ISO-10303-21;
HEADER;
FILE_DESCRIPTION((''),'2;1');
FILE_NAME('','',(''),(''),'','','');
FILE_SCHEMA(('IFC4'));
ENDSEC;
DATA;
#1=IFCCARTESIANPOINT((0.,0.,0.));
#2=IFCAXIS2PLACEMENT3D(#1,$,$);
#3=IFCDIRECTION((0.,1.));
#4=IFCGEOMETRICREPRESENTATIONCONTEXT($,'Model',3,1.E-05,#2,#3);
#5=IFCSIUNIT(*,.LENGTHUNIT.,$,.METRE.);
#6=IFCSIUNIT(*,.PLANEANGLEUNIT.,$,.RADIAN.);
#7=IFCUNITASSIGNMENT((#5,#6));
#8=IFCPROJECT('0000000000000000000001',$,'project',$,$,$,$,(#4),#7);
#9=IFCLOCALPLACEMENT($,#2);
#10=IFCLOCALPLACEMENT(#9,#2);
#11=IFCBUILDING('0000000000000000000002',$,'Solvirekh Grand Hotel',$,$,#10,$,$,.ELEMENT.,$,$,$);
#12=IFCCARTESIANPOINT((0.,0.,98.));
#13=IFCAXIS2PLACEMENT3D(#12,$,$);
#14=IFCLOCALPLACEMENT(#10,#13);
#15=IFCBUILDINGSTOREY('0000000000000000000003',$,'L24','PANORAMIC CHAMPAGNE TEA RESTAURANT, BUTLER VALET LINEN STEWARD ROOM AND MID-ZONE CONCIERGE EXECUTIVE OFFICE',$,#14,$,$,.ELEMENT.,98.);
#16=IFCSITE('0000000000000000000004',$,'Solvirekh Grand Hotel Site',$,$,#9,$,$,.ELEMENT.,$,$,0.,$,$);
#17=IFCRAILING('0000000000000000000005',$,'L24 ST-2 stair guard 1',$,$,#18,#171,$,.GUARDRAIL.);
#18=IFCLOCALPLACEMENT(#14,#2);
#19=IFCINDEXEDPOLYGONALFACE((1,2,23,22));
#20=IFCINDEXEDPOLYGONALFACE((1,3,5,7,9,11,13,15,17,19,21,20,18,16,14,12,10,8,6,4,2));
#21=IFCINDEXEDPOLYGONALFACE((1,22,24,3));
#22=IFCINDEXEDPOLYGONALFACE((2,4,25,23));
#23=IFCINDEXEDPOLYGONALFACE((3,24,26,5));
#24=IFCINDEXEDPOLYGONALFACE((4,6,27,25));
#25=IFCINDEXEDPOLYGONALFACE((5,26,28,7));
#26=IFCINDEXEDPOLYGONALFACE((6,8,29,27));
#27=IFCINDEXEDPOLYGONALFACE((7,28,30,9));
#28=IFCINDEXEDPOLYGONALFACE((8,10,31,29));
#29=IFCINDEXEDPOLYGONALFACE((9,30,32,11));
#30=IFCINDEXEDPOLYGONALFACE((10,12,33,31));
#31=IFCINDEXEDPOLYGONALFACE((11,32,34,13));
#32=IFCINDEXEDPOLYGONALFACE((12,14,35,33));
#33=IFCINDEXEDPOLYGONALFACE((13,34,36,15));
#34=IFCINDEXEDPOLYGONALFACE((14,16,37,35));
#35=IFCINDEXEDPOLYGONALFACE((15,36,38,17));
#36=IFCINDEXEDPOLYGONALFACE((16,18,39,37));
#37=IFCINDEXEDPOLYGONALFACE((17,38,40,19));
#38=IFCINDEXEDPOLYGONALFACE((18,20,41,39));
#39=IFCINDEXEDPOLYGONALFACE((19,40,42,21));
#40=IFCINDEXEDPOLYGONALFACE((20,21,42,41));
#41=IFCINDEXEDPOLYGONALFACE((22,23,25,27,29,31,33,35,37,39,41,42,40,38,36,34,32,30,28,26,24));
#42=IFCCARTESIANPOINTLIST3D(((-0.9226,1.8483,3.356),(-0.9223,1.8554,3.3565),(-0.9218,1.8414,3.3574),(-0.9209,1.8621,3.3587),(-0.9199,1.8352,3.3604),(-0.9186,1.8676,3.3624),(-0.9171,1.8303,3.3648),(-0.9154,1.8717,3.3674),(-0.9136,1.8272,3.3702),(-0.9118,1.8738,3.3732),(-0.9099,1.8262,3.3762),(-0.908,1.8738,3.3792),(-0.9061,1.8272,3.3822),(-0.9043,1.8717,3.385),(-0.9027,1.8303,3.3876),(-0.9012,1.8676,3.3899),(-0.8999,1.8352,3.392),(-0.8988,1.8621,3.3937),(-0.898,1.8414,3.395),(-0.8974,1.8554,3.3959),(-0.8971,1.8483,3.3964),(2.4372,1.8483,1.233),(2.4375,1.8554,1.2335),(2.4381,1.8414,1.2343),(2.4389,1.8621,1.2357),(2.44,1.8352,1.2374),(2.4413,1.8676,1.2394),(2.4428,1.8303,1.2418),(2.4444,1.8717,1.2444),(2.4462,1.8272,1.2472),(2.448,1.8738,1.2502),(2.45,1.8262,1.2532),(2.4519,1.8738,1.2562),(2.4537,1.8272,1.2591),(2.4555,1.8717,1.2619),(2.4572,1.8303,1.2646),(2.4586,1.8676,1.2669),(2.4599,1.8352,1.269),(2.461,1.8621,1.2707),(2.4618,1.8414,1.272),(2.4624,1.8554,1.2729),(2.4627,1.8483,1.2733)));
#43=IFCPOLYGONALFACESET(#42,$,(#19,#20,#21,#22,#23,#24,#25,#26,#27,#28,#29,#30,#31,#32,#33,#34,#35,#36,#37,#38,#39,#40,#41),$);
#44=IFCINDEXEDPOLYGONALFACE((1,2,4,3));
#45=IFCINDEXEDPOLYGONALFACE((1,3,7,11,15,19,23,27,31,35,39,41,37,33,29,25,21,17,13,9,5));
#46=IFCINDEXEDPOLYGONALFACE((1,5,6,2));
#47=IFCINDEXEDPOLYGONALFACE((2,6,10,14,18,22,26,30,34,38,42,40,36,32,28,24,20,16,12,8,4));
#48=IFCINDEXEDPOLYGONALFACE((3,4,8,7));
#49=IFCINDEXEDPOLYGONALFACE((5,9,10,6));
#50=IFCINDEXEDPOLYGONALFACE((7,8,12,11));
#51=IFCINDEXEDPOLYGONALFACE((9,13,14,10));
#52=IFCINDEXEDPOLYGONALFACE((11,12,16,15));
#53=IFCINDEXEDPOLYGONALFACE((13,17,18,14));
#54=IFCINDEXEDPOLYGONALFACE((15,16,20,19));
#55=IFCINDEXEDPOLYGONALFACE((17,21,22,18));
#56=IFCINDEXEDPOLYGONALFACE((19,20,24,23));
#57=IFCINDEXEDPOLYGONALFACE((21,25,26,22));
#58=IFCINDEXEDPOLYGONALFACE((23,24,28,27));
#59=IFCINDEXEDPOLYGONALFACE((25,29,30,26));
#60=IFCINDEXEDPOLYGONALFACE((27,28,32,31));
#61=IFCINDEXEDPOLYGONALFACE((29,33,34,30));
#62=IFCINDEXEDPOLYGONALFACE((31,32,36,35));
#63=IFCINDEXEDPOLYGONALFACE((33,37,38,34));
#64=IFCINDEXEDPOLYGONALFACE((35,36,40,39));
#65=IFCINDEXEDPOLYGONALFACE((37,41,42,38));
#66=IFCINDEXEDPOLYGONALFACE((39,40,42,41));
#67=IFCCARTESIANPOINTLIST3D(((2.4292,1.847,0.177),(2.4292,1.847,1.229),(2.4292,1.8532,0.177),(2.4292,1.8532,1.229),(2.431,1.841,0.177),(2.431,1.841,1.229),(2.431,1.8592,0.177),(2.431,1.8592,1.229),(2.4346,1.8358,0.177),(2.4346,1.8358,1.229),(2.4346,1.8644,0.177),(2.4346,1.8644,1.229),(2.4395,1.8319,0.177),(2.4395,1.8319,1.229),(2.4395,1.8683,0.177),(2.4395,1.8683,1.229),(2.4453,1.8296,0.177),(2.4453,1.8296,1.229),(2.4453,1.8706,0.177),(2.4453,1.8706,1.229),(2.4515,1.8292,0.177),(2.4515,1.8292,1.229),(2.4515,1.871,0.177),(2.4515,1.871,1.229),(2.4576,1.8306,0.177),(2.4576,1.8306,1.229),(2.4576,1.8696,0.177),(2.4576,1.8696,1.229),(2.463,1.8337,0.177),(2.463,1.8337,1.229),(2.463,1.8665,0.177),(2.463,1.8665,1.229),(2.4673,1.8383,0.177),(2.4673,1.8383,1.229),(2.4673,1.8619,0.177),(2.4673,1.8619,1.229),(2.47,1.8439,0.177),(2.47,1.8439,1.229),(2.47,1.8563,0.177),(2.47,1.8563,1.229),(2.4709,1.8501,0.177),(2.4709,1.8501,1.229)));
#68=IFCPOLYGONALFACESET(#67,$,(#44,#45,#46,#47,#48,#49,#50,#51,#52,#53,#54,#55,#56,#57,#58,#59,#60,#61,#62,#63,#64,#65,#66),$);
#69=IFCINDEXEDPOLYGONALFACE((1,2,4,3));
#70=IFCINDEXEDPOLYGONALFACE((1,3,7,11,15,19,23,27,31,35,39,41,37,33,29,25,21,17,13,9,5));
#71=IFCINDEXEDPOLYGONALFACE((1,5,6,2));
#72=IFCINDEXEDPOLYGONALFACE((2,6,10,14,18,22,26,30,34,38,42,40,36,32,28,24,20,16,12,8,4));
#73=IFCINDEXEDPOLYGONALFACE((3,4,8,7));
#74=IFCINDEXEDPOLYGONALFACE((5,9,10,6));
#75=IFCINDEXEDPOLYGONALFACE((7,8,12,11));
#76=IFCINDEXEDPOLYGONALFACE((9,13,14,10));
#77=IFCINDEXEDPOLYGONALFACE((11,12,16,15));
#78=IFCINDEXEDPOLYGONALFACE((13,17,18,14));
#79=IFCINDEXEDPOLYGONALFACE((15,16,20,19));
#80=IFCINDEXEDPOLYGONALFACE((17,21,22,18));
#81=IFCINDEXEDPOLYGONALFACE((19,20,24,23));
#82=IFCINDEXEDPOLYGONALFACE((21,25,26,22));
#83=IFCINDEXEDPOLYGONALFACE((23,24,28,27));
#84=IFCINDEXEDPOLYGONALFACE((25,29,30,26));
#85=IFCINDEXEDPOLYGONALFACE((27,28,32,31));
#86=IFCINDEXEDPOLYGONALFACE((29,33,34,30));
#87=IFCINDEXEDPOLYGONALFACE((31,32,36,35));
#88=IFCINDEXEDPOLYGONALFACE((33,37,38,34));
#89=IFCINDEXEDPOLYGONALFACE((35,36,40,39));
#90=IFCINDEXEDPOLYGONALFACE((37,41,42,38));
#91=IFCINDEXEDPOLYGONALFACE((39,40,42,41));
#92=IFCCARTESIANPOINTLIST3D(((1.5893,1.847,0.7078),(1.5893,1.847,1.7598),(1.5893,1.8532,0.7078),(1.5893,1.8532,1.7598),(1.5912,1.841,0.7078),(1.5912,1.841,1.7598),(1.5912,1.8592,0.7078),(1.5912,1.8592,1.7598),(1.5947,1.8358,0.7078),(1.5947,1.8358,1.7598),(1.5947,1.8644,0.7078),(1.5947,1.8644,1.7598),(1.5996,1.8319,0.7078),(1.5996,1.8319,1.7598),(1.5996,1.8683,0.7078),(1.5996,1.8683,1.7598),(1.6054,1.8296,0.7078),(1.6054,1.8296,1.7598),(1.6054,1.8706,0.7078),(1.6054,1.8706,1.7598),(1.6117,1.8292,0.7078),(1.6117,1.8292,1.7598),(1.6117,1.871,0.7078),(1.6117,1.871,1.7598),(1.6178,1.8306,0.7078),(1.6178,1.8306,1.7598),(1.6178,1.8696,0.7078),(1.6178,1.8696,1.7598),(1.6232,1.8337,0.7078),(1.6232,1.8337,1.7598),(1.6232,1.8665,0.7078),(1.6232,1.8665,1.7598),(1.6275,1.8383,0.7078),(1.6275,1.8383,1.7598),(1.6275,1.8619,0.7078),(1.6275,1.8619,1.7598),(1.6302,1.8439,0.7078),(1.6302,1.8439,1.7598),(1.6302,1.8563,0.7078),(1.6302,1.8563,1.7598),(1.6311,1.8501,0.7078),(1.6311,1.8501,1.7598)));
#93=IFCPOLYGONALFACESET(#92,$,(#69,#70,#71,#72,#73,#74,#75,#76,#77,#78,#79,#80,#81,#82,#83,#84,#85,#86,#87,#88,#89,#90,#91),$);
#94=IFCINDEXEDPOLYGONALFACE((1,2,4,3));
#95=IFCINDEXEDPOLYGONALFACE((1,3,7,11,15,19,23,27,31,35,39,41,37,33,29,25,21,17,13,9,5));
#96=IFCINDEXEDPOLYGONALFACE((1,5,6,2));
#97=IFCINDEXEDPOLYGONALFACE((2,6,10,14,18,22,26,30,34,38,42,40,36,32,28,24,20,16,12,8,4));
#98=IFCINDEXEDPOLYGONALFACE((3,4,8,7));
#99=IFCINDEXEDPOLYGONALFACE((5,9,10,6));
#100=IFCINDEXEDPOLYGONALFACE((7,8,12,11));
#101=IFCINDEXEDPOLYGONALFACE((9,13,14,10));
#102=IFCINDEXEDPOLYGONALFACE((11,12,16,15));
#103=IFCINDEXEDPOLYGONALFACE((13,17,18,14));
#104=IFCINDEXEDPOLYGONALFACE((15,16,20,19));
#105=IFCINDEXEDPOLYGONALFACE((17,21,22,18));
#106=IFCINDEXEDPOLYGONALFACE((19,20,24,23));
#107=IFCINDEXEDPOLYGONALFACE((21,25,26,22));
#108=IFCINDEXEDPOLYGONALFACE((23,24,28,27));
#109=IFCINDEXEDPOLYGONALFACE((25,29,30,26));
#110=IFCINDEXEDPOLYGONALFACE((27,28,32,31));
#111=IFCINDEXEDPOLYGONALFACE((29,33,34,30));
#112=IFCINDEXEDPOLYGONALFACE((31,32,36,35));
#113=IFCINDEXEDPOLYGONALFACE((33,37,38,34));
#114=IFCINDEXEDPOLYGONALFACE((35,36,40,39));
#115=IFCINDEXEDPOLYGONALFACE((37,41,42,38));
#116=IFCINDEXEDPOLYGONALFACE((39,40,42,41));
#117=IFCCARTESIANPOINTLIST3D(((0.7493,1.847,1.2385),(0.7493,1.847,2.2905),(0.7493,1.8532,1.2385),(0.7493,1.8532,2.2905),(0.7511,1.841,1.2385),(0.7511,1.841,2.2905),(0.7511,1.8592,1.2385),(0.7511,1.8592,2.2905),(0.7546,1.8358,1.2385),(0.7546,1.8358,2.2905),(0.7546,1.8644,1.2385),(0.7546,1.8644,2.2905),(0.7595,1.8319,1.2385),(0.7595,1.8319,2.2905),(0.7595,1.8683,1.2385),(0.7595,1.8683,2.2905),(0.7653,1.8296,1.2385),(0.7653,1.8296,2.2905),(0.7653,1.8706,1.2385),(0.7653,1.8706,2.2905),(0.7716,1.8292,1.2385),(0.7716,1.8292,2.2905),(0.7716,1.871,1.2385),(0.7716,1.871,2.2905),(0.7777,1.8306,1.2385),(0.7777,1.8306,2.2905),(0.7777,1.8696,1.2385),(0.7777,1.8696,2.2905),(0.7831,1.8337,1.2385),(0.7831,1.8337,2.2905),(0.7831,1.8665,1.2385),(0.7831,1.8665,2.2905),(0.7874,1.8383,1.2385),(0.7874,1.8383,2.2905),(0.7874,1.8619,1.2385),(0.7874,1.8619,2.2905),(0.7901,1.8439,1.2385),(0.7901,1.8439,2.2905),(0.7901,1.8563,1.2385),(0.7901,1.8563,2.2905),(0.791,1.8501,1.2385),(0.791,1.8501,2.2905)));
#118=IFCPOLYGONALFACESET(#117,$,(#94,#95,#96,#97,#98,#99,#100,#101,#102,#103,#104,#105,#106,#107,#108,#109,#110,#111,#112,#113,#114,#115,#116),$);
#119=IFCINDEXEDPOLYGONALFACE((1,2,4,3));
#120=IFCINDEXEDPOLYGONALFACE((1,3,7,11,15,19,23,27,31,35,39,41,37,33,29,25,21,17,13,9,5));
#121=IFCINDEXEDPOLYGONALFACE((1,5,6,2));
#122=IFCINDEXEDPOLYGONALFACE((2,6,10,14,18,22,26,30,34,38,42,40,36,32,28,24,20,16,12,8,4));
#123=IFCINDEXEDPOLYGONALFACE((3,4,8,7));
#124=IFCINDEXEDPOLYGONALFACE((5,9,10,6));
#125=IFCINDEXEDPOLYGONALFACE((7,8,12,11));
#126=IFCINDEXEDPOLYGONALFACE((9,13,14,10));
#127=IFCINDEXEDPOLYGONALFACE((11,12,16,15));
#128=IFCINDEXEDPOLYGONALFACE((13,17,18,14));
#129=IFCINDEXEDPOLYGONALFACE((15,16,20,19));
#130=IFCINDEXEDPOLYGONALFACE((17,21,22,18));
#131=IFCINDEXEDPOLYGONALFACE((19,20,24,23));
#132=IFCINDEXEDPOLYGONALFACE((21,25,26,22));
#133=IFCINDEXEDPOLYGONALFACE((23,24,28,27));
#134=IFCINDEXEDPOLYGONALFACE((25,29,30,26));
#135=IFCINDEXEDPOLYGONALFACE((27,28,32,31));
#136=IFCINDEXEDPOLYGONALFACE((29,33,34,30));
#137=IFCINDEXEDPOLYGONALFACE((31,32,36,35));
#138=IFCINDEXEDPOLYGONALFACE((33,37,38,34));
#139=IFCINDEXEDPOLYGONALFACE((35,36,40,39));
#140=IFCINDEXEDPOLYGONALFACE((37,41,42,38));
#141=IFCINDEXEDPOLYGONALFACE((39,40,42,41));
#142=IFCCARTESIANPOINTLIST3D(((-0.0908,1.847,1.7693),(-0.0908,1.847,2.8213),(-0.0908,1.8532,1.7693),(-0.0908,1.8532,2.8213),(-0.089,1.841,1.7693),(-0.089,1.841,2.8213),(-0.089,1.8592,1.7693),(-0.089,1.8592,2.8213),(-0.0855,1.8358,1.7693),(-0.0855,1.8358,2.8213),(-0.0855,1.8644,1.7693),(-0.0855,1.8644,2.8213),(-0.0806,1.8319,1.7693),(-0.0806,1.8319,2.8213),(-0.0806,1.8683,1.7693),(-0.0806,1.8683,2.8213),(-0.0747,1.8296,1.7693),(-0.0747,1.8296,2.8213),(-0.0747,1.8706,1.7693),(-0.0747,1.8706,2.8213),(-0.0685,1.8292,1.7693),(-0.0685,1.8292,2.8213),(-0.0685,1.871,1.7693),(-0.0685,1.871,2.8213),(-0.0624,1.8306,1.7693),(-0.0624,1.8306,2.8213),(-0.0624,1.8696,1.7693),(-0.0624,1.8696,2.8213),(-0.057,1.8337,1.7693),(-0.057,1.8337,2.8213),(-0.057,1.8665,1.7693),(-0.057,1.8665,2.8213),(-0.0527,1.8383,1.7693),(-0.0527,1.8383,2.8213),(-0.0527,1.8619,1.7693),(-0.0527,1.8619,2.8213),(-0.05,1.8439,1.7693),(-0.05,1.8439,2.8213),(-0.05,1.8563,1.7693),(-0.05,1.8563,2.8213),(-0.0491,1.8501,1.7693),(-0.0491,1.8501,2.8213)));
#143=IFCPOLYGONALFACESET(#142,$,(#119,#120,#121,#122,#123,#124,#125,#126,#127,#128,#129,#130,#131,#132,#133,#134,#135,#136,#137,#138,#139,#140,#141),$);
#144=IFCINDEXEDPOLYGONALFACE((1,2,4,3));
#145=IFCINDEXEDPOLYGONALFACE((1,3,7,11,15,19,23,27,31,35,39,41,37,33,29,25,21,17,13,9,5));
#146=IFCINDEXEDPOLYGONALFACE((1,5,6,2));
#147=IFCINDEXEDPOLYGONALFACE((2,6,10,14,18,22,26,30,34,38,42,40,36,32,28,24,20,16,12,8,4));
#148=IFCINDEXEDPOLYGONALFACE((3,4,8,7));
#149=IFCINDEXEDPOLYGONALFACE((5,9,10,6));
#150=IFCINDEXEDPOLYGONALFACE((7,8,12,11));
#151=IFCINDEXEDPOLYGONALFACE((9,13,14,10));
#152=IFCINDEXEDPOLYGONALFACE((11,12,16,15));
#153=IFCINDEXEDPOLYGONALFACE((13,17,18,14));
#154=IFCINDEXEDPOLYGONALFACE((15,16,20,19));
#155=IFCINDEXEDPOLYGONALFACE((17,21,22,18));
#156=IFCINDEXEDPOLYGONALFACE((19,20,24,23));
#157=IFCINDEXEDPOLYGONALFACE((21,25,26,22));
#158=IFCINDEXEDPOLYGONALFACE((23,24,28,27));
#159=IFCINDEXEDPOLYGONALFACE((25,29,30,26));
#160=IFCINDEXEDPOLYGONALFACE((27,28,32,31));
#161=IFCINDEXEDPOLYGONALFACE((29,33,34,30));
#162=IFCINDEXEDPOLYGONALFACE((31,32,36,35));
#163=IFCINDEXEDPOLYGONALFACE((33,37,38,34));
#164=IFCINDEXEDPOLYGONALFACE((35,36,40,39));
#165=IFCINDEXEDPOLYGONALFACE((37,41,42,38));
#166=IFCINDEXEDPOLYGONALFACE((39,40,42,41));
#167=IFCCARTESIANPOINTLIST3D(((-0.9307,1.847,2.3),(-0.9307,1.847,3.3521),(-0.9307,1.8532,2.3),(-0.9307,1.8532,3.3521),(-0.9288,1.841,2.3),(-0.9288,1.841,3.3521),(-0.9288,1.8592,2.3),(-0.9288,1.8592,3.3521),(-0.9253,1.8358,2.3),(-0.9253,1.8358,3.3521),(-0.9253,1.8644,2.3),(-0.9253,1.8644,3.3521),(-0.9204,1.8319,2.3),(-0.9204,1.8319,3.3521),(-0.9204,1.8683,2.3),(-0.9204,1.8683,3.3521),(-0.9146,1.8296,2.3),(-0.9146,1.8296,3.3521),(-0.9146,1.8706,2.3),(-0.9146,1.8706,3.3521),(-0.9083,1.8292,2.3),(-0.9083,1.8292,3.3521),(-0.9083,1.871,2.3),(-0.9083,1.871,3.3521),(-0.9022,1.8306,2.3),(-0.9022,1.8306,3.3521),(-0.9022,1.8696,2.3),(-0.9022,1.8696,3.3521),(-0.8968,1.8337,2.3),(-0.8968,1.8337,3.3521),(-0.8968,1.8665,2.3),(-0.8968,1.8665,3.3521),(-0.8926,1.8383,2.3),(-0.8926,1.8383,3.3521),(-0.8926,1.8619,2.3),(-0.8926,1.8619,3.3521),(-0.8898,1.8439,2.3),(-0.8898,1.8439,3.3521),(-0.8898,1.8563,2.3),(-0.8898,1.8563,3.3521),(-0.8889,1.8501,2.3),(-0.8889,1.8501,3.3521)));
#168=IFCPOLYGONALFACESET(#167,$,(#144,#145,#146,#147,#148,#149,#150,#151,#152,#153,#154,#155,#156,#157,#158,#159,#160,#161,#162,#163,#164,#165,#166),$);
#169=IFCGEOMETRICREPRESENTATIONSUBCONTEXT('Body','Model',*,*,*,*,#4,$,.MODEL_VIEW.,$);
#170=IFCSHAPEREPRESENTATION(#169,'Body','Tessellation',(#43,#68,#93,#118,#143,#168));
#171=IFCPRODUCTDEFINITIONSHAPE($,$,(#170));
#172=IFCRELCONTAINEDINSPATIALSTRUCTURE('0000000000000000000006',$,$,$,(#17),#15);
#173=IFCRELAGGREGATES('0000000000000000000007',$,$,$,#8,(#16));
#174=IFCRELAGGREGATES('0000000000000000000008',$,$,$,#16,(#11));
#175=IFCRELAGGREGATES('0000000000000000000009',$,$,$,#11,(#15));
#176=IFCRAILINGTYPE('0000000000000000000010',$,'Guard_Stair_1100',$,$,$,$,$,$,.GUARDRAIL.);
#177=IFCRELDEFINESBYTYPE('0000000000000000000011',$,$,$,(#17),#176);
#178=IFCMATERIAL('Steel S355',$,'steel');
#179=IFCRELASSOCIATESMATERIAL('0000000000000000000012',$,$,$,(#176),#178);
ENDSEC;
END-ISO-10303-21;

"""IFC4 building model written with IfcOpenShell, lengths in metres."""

from ifc_helpers import new_model, si_unit, direction, frame, origin, origin_2d, place, context, subcontext, project, spatial, circle, extrude, material, type_object, element, save


model = new_model("IFC4")

# Units and contexts
model_context = context("Model", 3, precision=1e-05, world=origin(), true_north=direction((0.0, 1.0)))
body_context = subcontext(model_context, "Body", "Model", "MODEL_VIEW")
ifc_project = project(units=[si_unit("LENGTHUNIT", "METRE"), si_unit("PLANEANGLEUNIT", "RADIAN")], contexts=[model_context])

# Site, building, storey
site_placement = place(None, origin())
site = spatial("IfcSite", under=ifc_project, at=site_placement, Name="Solvirekh Grand Hotel Site", CompositionType="ELEMENT", RefElevation=0.0)
building_placement = place(site_placement, origin())
building = spatial("IfcBuilding", under=site, at=building_placement, Name="Solvirekh Grand Hotel", CompositionType="ELEMENT")
storey_placement = place(building_placement, frame((0.0, 0.0, 98.0)))
storey = spatial("IfcBuildingStorey", under=building, at=storey_placement, Name="L24", Description="PANORAMIC CHAMPAGNE TEA RESTAURANT, BUTLER VALET LINEN STEWARD ROOM AND MID-ZONE CONCIERGE EXECUTIVE OFFICE", CompositionType="ELEMENT", Elevation=98.0)

# Railing
ifc_material_1 = material(Name="Steel S355", Category="steel")
railing_type_1 = type_object("IfcRailingType", Name="Guard_Stair_1100", PredefinedType="GUARDRAIL", material=ifc_material_1)
railing_1_placement = place(storey_placement, frame((2.45, 1.8501, 0.177)))
element("IfcRailing", 1, at=railing_1_placement, inside=storey, type_object=railing_type_1, Name="L24 ST-2 stair guard 1", PredefinedType="GUARDRAIL", context=body_context, shape_type="SweptSolid", body=[
    extrude(circle(Radius=0.0239, at=origin_2d()), frame((0.0, 0.0, 1.0762), z_axis=(-0.845372, 0.0, 0.534178), x_axis=(0.0, -1.0, 0.0)), (0.0, 0.0, 1.0), 3.9744),
    extrude(circle(Radius=0.021, at=origin_2d()), origin(), (0.0, 0.0, 1.0), 1.052),
    extrude(circle(Radius=0.021, at=origin_2d()), frame((-0.8398, 0.0, 0.5308)), (0.0, 0.0, 1.0), 1.052),
    extrude(circle(Radius=0.021, at=origin_2d()), frame((-1.6799, 0.0, 1.0615)), (0.0, 0.0, 1.0), 1.052),
    extrude(circle(Radius=0.021, at=origin_2d()), frame((-2.52, 0.0, 1.5923)), (0.0, 0.0, 1.0), 1.052),
    extrude(circle(Radius=0.021, at=origin_2d()), frame((-3.3599, 0.0, 2.123)), (0.0, 0.0, 1.0), 1.052),
])

save(model, "model.ifc")
